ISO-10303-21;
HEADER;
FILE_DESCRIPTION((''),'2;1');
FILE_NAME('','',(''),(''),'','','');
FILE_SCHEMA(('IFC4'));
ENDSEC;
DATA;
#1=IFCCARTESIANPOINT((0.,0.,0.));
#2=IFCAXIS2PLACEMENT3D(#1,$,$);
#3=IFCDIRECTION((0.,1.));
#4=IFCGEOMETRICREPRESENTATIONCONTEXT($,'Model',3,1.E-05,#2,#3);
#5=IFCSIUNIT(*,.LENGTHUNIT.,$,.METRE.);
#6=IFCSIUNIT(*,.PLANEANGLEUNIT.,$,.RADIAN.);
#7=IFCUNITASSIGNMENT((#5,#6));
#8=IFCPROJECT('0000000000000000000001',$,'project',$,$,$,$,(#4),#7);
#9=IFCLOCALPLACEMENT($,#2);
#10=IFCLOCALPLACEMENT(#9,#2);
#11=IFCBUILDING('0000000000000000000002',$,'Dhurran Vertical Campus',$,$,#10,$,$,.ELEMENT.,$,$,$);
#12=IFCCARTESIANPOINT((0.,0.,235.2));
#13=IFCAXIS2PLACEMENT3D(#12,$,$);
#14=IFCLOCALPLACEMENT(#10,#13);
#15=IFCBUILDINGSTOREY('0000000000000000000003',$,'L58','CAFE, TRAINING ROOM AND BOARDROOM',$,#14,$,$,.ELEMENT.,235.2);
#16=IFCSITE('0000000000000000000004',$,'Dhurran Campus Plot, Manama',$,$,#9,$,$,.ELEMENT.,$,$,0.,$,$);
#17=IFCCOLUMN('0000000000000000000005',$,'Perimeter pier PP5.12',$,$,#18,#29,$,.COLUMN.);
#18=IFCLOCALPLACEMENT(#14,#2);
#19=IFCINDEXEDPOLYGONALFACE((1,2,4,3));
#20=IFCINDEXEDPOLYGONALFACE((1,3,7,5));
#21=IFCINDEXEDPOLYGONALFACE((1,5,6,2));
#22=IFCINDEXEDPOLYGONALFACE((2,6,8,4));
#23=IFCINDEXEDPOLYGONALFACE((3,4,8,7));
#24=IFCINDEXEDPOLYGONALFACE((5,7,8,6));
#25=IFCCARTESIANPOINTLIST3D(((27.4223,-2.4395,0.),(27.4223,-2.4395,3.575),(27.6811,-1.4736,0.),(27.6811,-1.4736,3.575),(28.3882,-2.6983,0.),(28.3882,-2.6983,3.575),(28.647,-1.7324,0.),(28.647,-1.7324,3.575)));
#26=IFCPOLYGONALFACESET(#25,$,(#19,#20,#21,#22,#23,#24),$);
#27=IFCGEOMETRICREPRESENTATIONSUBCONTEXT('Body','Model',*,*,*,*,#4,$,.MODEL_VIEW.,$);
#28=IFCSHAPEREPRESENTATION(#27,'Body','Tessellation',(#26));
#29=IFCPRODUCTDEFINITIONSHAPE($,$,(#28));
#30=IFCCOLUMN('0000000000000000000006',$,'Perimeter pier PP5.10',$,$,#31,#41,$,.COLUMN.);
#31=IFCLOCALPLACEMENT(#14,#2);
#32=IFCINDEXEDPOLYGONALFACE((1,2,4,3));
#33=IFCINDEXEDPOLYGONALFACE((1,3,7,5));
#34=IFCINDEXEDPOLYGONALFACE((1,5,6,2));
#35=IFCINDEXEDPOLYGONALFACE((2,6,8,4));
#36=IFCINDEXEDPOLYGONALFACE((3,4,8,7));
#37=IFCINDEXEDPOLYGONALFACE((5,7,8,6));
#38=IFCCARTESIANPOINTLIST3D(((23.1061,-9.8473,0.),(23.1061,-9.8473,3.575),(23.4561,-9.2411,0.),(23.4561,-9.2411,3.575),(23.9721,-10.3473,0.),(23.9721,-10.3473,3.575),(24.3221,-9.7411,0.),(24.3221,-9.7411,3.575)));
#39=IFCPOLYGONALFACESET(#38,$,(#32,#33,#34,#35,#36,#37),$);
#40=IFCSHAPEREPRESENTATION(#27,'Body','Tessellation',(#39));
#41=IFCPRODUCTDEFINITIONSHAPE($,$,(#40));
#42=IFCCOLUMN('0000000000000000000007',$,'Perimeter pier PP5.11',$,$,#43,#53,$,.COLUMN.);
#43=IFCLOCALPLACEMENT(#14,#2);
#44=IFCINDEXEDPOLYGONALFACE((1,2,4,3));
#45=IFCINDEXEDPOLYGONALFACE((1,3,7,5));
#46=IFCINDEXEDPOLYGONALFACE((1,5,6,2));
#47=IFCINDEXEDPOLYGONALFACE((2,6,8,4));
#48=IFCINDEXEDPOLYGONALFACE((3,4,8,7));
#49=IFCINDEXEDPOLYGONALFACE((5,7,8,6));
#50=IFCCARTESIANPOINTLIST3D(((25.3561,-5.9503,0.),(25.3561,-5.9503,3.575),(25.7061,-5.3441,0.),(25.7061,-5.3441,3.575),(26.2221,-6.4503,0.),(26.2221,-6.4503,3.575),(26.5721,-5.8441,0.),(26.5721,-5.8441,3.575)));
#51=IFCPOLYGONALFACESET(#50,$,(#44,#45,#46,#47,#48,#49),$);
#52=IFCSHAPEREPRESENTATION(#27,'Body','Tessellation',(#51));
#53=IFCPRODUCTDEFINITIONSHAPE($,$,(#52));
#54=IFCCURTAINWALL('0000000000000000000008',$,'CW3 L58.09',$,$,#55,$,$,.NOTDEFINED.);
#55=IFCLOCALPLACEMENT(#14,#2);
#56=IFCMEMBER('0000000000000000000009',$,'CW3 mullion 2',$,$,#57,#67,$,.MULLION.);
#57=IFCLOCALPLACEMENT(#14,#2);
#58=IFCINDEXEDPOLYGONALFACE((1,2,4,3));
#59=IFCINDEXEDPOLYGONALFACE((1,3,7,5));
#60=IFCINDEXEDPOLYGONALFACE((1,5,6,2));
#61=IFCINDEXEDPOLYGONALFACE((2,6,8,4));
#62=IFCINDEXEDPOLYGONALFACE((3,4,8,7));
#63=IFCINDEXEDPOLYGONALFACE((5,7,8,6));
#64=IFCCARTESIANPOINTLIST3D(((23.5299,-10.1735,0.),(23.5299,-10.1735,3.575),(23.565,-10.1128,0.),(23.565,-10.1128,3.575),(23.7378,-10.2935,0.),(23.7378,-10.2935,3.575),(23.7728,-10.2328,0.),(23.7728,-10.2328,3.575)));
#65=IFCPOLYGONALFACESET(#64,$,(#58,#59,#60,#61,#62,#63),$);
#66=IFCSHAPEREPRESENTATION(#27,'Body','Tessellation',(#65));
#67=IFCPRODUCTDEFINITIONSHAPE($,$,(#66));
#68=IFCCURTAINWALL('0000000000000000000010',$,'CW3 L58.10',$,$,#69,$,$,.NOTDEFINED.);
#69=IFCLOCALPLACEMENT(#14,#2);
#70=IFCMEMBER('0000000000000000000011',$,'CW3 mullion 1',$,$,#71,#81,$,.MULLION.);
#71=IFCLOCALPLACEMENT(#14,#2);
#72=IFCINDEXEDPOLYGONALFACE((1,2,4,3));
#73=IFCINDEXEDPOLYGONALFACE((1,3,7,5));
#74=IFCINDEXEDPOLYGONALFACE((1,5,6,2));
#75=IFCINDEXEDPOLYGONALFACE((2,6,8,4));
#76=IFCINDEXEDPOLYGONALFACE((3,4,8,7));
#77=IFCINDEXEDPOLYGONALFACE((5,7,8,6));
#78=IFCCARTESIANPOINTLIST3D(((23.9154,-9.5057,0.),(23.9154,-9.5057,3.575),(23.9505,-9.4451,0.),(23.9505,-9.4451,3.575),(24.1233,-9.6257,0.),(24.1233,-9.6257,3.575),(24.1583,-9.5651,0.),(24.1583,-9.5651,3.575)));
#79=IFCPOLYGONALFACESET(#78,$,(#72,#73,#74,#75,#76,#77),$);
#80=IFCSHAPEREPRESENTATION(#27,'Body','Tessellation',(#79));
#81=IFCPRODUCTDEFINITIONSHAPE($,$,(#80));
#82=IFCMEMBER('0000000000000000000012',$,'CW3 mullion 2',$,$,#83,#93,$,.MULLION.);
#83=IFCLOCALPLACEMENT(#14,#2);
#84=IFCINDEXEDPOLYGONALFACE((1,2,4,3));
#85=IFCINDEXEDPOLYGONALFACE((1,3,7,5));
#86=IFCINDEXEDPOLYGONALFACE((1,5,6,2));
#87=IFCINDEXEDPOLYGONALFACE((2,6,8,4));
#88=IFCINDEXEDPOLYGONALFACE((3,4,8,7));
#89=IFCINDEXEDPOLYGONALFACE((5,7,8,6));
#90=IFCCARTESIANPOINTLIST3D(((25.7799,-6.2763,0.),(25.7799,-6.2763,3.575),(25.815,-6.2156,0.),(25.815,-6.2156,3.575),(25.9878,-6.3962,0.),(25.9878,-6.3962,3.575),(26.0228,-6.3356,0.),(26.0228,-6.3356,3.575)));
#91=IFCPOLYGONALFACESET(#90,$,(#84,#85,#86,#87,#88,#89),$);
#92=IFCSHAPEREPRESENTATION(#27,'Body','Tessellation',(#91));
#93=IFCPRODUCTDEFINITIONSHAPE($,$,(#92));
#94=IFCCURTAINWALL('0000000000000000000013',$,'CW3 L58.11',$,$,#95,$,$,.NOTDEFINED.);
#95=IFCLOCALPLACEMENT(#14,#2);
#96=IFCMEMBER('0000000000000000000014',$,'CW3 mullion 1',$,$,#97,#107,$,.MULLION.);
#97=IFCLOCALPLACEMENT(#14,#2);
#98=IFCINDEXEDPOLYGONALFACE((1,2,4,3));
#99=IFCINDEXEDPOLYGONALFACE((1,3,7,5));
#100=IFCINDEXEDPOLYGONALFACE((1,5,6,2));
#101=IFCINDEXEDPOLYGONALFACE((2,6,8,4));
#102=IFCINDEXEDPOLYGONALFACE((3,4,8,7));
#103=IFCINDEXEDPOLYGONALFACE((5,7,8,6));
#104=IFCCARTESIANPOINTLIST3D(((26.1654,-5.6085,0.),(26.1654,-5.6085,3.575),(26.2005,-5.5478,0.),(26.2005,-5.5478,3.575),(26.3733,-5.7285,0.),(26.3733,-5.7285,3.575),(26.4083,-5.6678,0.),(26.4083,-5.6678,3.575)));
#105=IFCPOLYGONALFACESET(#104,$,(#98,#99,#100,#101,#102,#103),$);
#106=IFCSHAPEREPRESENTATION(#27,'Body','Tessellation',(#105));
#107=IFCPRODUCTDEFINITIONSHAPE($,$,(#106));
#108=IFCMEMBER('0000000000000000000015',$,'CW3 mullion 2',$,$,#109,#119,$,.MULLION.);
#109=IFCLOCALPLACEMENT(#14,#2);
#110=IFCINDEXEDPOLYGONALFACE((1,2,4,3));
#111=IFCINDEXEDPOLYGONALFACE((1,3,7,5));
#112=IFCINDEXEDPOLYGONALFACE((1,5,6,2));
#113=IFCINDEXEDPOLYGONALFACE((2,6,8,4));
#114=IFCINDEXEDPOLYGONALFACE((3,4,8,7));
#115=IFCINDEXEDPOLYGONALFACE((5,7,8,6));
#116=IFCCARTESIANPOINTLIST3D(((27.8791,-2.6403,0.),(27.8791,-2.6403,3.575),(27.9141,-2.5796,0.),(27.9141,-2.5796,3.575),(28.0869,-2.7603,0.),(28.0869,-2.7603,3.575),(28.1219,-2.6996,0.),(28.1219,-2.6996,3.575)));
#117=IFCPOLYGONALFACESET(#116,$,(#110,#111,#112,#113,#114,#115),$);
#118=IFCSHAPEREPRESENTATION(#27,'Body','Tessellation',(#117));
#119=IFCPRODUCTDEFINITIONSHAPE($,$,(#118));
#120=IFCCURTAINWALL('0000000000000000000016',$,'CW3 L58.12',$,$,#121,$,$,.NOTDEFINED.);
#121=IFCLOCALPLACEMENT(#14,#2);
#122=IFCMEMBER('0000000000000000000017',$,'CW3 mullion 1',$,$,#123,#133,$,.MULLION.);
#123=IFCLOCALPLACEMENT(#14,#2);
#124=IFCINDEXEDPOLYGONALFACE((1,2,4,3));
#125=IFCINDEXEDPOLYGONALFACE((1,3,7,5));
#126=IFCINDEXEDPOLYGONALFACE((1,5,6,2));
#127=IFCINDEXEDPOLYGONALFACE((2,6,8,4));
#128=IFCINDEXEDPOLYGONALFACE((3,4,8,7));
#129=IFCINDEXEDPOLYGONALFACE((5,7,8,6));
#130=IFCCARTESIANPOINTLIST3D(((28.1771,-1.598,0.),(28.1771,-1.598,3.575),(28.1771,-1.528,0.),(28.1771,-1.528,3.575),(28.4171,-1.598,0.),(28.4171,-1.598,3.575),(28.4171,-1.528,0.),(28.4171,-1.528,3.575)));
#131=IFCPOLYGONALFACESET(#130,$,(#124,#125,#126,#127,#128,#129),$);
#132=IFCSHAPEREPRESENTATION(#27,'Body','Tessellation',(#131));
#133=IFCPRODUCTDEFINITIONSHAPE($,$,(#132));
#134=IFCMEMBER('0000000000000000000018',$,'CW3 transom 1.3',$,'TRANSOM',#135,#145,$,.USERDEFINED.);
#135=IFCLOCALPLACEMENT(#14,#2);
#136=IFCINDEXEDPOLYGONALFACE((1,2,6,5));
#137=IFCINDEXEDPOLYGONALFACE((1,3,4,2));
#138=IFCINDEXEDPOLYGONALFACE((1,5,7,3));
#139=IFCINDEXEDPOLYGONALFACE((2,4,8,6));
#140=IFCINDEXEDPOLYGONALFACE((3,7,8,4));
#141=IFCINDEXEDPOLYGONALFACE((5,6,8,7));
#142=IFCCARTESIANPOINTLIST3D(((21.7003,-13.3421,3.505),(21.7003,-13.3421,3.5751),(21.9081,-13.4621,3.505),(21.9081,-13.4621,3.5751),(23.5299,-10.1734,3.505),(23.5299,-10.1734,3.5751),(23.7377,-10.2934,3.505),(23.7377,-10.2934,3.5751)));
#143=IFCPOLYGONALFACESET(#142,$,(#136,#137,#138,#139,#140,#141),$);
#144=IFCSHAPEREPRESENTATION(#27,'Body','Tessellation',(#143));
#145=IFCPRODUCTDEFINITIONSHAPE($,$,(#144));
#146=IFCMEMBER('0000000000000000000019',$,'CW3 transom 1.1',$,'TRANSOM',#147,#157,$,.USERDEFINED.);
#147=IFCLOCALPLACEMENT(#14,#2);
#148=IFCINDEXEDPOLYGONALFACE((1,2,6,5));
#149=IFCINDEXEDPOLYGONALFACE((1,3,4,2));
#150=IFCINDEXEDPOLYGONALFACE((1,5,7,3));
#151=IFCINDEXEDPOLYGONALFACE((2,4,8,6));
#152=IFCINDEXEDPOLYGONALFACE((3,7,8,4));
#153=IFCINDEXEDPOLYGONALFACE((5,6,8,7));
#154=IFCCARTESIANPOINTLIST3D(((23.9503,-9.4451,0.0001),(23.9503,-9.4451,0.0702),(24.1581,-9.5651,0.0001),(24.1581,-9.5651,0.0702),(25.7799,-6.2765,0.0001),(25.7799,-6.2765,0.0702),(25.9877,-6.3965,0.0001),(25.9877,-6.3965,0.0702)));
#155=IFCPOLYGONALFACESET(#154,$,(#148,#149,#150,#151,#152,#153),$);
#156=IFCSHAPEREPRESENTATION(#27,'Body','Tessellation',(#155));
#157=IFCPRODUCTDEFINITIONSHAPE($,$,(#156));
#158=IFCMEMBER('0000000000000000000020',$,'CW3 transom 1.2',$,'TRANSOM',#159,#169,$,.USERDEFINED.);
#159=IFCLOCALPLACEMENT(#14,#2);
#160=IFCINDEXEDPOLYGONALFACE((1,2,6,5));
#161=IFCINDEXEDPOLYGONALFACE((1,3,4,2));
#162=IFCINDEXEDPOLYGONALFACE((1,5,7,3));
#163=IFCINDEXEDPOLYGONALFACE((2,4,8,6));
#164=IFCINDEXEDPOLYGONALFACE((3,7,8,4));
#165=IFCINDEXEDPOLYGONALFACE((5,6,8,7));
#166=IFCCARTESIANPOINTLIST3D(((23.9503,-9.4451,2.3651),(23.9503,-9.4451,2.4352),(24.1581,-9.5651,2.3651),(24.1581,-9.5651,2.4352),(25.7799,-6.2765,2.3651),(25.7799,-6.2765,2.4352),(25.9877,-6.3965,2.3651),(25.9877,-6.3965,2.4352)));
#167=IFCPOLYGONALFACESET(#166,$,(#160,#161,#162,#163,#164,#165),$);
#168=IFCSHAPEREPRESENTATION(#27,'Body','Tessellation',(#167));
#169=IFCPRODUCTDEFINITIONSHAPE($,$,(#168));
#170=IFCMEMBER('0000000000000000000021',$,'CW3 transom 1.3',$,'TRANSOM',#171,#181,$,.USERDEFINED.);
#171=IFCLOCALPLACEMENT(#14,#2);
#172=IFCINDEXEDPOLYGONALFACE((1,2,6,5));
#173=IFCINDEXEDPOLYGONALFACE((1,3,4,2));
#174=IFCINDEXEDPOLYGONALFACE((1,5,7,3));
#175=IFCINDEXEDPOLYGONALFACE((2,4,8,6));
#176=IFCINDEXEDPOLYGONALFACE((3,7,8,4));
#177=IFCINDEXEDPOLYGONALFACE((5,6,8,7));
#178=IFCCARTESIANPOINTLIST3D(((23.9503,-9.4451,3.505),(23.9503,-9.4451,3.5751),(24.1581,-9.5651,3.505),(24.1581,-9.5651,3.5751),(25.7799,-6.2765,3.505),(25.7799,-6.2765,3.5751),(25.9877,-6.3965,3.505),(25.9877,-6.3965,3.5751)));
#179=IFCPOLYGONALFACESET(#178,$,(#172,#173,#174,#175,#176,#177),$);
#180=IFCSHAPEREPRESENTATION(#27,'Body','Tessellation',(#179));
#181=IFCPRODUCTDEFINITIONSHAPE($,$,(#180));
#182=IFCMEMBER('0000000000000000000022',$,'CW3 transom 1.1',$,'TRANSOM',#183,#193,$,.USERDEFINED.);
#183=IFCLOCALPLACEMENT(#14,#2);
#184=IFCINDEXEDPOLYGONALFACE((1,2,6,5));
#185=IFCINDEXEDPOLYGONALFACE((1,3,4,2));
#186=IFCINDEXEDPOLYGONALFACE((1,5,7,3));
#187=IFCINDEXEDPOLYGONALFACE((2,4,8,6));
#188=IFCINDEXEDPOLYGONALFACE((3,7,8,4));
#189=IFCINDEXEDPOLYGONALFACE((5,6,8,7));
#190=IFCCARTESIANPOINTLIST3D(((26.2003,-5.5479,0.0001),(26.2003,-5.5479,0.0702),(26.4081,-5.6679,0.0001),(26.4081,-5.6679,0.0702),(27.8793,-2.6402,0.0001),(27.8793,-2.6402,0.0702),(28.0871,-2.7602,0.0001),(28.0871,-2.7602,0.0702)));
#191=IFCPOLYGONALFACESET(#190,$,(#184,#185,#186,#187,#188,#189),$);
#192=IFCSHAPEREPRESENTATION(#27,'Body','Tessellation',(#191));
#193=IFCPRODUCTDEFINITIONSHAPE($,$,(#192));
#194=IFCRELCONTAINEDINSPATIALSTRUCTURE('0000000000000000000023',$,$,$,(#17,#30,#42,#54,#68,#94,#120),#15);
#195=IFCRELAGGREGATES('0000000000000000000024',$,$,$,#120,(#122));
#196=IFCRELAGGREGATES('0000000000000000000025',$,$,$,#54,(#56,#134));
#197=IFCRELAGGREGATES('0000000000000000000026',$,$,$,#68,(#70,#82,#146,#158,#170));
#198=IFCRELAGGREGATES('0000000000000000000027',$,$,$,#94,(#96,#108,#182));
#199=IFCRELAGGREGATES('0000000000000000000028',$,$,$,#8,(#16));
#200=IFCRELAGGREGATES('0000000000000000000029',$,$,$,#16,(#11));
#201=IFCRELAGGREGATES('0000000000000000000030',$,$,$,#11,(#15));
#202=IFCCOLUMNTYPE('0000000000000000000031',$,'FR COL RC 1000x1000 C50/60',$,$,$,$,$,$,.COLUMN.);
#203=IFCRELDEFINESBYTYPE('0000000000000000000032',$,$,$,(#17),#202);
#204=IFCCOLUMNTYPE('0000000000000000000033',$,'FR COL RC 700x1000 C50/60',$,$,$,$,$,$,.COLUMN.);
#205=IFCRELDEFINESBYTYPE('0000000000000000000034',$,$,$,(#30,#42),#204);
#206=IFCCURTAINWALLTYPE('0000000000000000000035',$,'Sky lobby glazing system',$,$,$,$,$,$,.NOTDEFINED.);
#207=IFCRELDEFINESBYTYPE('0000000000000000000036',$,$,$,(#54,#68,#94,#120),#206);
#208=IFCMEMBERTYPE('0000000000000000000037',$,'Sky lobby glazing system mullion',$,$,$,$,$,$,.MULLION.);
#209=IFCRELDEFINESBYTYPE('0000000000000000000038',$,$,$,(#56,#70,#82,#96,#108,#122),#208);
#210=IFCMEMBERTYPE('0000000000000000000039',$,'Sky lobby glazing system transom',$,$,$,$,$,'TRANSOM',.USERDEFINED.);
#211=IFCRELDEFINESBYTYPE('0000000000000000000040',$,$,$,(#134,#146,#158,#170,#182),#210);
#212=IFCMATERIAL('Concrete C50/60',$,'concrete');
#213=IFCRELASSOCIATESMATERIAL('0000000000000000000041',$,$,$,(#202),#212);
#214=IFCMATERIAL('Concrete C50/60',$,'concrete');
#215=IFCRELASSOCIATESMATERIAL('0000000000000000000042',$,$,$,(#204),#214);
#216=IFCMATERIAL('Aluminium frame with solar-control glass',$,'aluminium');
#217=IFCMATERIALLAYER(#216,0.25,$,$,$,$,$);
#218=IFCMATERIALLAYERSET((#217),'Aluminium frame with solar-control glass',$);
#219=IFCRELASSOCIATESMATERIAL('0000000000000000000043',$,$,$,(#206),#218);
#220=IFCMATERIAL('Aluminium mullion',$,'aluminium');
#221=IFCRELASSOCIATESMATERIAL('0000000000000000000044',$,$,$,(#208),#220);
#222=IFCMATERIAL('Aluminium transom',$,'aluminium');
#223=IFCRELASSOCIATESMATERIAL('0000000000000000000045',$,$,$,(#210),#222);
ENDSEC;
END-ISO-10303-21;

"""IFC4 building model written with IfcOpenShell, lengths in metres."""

from ifc_helpers import new_model, si_unit, direction, frame, origin, origin_2d, place, context, subcontext, project, spatial, rectangle, extrude, material, layer, layer_set, material_profile, profile_set, type_object, element, aggregate, save


model = new_model("IFC4")

# Units and contexts
model_context = context("Model", 3, precision=1e-05, world=origin(), true_north=direction((0.0, 1.0)))
body_context = subcontext(model_context, "Body", "Model", "MODEL_VIEW")
ifc_project = project(units=[si_unit("LENGTHUNIT", "METRE"), si_unit("PLANEANGLEUNIT", "RADIAN")], contexts=[model_context])

# Site, building, storey
site_placement = place(None, origin())
site = spatial("IfcSite", under=ifc_project, at=site_placement, Name="Dhurran Campus Plot, Manama", CompositionType="ELEMENT", RefElevation=0.0)
building_placement = place(site_placement, origin())
building = spatial("IfcBuilding", under=site, at=building_placement, Name="Dhurran Vertical Campus", CompositionType="ELEMENT")
storey_placement = place(building_placement, frame((0.0, 0.0, 235.2)))
storey = spatial("IfcBuildingStorey", under=building, at=storey_placement, Name="L58", Description="CAFE, TRAINING ROOM AND BOARDROOM", CompositionType="ELEMENT", Elevation=235.2)

# Columns
ifc_material_1 = material(Name="Concrete C50/60", Category="concrete")
ifc_material_profile_1 = material_profile(ifc_material_1, rectangle(XDim=1.0, YDim=1.0, at=origin_2d()), Name="RC 1000x1000")
ifc_profile_set_1 = profile_set([ifc_material_profile_1], Name="Concrete C50/60")
column_type_1 = type_object("IfcColumnType", Name="FR COL RC 1000x1000 C50/60", PredefinedType="COLUMN", material=ifc_profile_set_1)
column_placement = place(storey_placement, frame((28.0347, -2.0859, 0.0), z_axis=(0.0, 0.0, 1.0), x_axis=(0.258819, 0.965926, 0.0)))
element("IfcColumn", 1, at=column_placement, inside=storey, type_object=column_type_1, Name="Perimeter pier PP5.12", PredefinedType="COLUMN", context=body_context, shape_type="SweptSolid", body=[
    extrude(rectangle(XDim=1.0, YDim=1.0, at=origin_2d()), origin(), (0.0, 0.0, 1.0), 3.575),
])
ifc_material_2 = material(Name="Concrete C50/60", Category="concrete")
ifc_material_profile_2 = material_profile(ifc_material_2, rectangle(XDim=0.7, YDim=1.0, at=origin_2d()), Name="RC 700x1000")
ifc_profile_set_2 = profile_set([ifc_material_profile_2], Name="Concrete C50/60")
column_type_2 = type_object("IfcColumnType", Name="FR COL RC 700x1000 C50/60", PredefinedType="COLUMN", material=ifc_profile_set_2)
for number, where, z_axis, x_axis, name in (
    (2, (23.7141, -9.7942, 0.0), (0.0, 0.0, 1.0), (0.5, 0.866025, 0.0), "Perimeter pier PP5.10"),
    (3, (25.9641, -5.8972, 0.0), (0.0, 0.0, 1.0), (0.5, 0.866025, 0.0), "Perimeter pier PP5.11"),
):
    element("IfcColumn", number, at=place(storey_placement, frame(where, z_axis=z_axis, x_axis=x_axis)), inside=storey, type_object=column_type_2, Name=name, PredefinedType="COLUMN", context=body_context, shape_type="SweptSolid", body=[
        extrude(rectangle(XDim=0.7, YDim=1.0, at=origin_2d()), origin(), (0.0, 0.0, 1.0), 3.575),
    ])

# Curtain wall, member
ifc_material_3 = material(Name="Aluminium frame with solar-control glass", Category="aluminium")
ifc_layer_1 = layer(ifc_material_3, 0.25)
ifc_layer_set_1 = layer_set([ifc_layer_1], Name="Aluminium frame with solar-control glass")
curtain_wall_type = type_object("IfcCurtainWallType", Name="Sky lobby glazing system", PredefinedType="NOTDEFINED", material=ifc_layer_set_1)
curtain_wall_1_placement = place(storey_placement, origin())
curtain_wall_1 = element("IfcCurtainWall", 4, at=curtain_wall_1_placement, inside=storey, type_object=curtain_wall_type, Name="CW3 L58.09", PredefinedType="NOTDEFINED")
ifc_material_4 = material(Name="Aluminium mullion", Category="aluminium")
ifc_material_profile_3 = material_profile(ifc_material_4, rectangle(XDim=0.24, YDim=0.0701, at=origin_2d()), Name="Sky lobby glazing system mullion")
ifc_profile_set_3 = profile_set([ifc_material_profile_3], Name="Aluminium mullion")
member_type_1 = type_object("IfcMemberType", Name="Sky lobby glazing system mullion", PredefinedType="MULLION", material=ifc_profile_set_3)
member_1_placement = place(storey_placement, frame((23.6514, -10.2031, 0.0), z_axis=(0.0, 0.0, 1.0), x_axis=(-0.866023, 0.500003, 0.0)))
member_1 = element("IfcMember", 5, at=member_1_placement, type_object=member_type_1, Name="CW3 mullion 2", PredefinedType="MULLION", context=body_context, shape_type="SweptSolid", body=[
    extrude(rectangle(XDim=0.24, YDim=0.0701, at=origin_2d()), origin(), (0.0, 0.0, 1.0), 3.575),
])

# Curtain walls, members
curtain_wall_2_placement = place(storey_placement, origin())
curtain_wall_2 = element("IfcCurtainWall", 6, at=curtain_wall_2_placement, inside=storey, type_object=curtain_wall_type, Name="CW3 L58.10", PredefinedType="NOTDEFINED")
member_2_placement = place(storey_placement, frame((24.0369, -9.5354, 0.0), z_axis=(0.0, 0.0, 1.0), x_axis=(-0.866023, 0.500003, 0.0)))
member_2 = element("IfcMember", 7, at=member_2_placement, type_object=member_type_1, Name="CW3 mullion 1", PredefinedType="MULLION", context=body_context, shape_type="SweptSolid", body=[
    extrude(rectangle(XDim=0.24, YDim=0.0701, at=origin_2d()), origin(), (0.0, 0.0, 1.0), 3.575),
])
member_3_placement = place(storey_placement, frame((25.9014, -6.3059, 0.0), z_axis=(0.0, 0.0, 1.0), x_axis=(-0.866023, 0.500003, 0.0)))
member_3 = element("IfcMember", 8, at=member_3_placement, type_object=member_type_1, Name="CW3 mullion 2", PredefinedType="MULLION", context=body_context, shape_type="SweptSolid", body=[
    extrude(rectangle(XDim=0.24, YDim=0.0701, at=origin_2d()), origin(), (0.0, 0.0, 1.0), 3.575),
])
curtain_wall_3_placement = place(storey_placement, origin())
curtain_wall_3 = element("IfcCurtainWall", 9, at=curtain_wall_3_placement, inside=storey, type_object=curtain_wall_type, Name="CW3 L58.11", PredefinedType="NOTDEFINED")
member_4_placement = place(storey_placement, frame((26.2869, -5.6382, 0.0), z_axis=(0.0, 0.0, 1.0), x_axis=(-0.866025, 0.500001, 0.0)))
member_4 = element("IfcMember", 10, at=member_4_placement, type_object=member_type_1, Name="CW3 mullion 1", PredefinedType="MULLION", context=body_context, shape_type="SweptSolid", body=[
    extrude(rectangle(XDim=0.24, YDim=0.0701, at=origin_2d()), origin(), (0.0, 0.0, 1.0), 3.575),
])
member_5_placement = place(storey_placement, frame((28.0005, -2.6699, 0.0), z_axis=(0.0, 0.0, 1.0), x_axis=(-0.866025, 0.500001, 0.0)))
member_5 = element("IfcMember", 11, at=member_5_placement, type_object=member_type_1, Name="CW3 mullion 2", PredefinedType="MULLION", context=body_context, shape_type="SweptSolid", body=[
    extrude(rectangle(XDim=0.24, YDim=0.0701, at=origin_2d()), origin(), (0.0, 0.0, 1.0), 3.575),
])

# Curtain wall, member
curtain_wall_4_placement = place(storey_placement, origin())
curtain_wall_4 = element("IfcCurtainWall", 12, at=curtain_wall_4_placement, inside=storey, type_object=curtain_wall_type, Name="CW3 L58.12", PredefinedType="NOTDEFINED")
member_6_placement = place(storey_placement, frame((28.2971, -1.563, 0.0), z_axis=(0.0, 0.0, 1.0), x_axis=(-1.0, 0.0, 0.0)))
member_6 = element("IfcMember", 13, at=member_6_placement, type_object=member_type_1, Name="CW3 mullion 1", PredefinedType="MULLION", context=body_context, shape_type="SweptSolid", body=[
    extrude(rectangle(XDim=0.24, YDim=0.0701, at=origin_2d()), origin(), (0.0, 0.0, 1.0), 3.575),
])

# Members
ifc_material_5 = material(Name="Aluminium transom", Category="aluminium")
ifc_material_profile_4 = material_profile(ifc_material_5, rectangle(XDim=0.24, YDim=0.0701, at=origin_2d()), Name="Sky lobby glazing system transom")
ifc_profile_set_4 = profile_set([ifc_material_profile_4], Name="Aluminium transom")
member_type_2 = type_object("IfcMemberType", Name="Sky lobby glazing system transom", ElementType="TRANSOM", PredefinedType="USERDEFINED", material=ifc_profile_set_4)
member_7_placement = place(storey_placement, frame((21.8042, -13.4021, 3.54), z_axis=(0.500029, 0.866009, 0.0), x_axis=(-0.866009, 0.500029, 0.0)))
member_7 = element("IfcMember", 14, at=member_7_placement, type_object=member_type_2, Name="CW3 transom 1.3", ObjectType="TRANSOM", PredefinedType="USERDEFINED", context=body_context, shape_type="SweptSolid", body=[
    extrude(rectangle(XDim=0.24, YDim=0.0701, at=origin_2d()), origin(), (0.0, 0.0, 1.0), 3.6589),
])
member_8_placement = place(storey_placement, frame((24.0542, -9.5051, 0.0352), z_axis=(0.500029, 0.866009, 0.0), x_axis=(-0.866009, 0.500029, 0.0)))
member_8 = element("IfcMember", 15, at=member_8_placement, type_object=member_type_2, Name="CW3 transom 1.1", ObjectType="TRANSOM", PredefinedType="USERDEFINED", context=body_context, shape_type="SweptSolid", body=[
    extrude(rectangle(XDim=0.24, YDim=0.0701, at=origin_2d()), origin(), (0.0, 0.0, 1.0), 3.6589),
])
member_9_placement = place(storey_placement, frame((24.0542, -9.5051, 2.4001), z_axis=(0.500029, 0.866009, 0.0), x_axis=(-0.866009, 0.500029, 0.0)))
member_9 = element("IfcMember", 16, at=member_9_placement, type_object=member_type_2, Name="CW3 transom 1.2", ObjectType="TRANSOM", PredefinedType="USERDEFINED", context=body_context, shape_type="SweptSolid", body=[
    extrude(rectangle(XDim=0.24, YDim=0.0701, at=origin_2d()), origin(), (0.0, 0.0, 1.0), 3.6589),
])
member_10_placement = place(storey_placement, frame((24.0542, -9.5051, 3.54), z_axis=(0.500029, 0.866009, 0.0), x_axis=(-0.866009, 0.500029, 0.0)))
member_10 = element("IfcMember", 17, at=member_10_placement, type_object=member_type_2, Name="CW3 transom 1.3", ObjectType="TRANSOM", PredefinedType="USERDEFINED", context=body_context, shape_type="SweptSolid", body=[
    extrude(rectangle(XDim=0.24, YDim=0.0701, at=origin_2d()), origin(), (0.0, 0.0, 1.0), 3.6589),
])
member_11_placement = place(storey_placement, frame((26.3042, -5.6079, 0.0352), z_axis=(0.500041, 0.866002, 0.0), x_axis=(-0.866002, 0.500041, 0.0)))
member_11 = element("IfcMember", 18, at=member_11_placement, type_object=member_type_2, Name="CW3 transom 1.1", ObjectType="TRANSOM", PredefinedType="USERDEFINED", context=body_context, shape_type="SweptSolid", body=[
    extrude(rectangle(XDim=0.24, YDim=0.0701, at=origin_2d()), origin(), (0.0, 0.0, 1.0), 3.3577),
])
aggregate(curtain_wall_4, [member_6])

aggregate(curtain_wall_1, [member_1, member_7])
aggregate(curtain_wall_2, [member_2, member_3, member_8, member_9, member_10])
aggregate(curtain_wall_3, [member_4, member_5, member_11])

save(model, "model.ifc")
